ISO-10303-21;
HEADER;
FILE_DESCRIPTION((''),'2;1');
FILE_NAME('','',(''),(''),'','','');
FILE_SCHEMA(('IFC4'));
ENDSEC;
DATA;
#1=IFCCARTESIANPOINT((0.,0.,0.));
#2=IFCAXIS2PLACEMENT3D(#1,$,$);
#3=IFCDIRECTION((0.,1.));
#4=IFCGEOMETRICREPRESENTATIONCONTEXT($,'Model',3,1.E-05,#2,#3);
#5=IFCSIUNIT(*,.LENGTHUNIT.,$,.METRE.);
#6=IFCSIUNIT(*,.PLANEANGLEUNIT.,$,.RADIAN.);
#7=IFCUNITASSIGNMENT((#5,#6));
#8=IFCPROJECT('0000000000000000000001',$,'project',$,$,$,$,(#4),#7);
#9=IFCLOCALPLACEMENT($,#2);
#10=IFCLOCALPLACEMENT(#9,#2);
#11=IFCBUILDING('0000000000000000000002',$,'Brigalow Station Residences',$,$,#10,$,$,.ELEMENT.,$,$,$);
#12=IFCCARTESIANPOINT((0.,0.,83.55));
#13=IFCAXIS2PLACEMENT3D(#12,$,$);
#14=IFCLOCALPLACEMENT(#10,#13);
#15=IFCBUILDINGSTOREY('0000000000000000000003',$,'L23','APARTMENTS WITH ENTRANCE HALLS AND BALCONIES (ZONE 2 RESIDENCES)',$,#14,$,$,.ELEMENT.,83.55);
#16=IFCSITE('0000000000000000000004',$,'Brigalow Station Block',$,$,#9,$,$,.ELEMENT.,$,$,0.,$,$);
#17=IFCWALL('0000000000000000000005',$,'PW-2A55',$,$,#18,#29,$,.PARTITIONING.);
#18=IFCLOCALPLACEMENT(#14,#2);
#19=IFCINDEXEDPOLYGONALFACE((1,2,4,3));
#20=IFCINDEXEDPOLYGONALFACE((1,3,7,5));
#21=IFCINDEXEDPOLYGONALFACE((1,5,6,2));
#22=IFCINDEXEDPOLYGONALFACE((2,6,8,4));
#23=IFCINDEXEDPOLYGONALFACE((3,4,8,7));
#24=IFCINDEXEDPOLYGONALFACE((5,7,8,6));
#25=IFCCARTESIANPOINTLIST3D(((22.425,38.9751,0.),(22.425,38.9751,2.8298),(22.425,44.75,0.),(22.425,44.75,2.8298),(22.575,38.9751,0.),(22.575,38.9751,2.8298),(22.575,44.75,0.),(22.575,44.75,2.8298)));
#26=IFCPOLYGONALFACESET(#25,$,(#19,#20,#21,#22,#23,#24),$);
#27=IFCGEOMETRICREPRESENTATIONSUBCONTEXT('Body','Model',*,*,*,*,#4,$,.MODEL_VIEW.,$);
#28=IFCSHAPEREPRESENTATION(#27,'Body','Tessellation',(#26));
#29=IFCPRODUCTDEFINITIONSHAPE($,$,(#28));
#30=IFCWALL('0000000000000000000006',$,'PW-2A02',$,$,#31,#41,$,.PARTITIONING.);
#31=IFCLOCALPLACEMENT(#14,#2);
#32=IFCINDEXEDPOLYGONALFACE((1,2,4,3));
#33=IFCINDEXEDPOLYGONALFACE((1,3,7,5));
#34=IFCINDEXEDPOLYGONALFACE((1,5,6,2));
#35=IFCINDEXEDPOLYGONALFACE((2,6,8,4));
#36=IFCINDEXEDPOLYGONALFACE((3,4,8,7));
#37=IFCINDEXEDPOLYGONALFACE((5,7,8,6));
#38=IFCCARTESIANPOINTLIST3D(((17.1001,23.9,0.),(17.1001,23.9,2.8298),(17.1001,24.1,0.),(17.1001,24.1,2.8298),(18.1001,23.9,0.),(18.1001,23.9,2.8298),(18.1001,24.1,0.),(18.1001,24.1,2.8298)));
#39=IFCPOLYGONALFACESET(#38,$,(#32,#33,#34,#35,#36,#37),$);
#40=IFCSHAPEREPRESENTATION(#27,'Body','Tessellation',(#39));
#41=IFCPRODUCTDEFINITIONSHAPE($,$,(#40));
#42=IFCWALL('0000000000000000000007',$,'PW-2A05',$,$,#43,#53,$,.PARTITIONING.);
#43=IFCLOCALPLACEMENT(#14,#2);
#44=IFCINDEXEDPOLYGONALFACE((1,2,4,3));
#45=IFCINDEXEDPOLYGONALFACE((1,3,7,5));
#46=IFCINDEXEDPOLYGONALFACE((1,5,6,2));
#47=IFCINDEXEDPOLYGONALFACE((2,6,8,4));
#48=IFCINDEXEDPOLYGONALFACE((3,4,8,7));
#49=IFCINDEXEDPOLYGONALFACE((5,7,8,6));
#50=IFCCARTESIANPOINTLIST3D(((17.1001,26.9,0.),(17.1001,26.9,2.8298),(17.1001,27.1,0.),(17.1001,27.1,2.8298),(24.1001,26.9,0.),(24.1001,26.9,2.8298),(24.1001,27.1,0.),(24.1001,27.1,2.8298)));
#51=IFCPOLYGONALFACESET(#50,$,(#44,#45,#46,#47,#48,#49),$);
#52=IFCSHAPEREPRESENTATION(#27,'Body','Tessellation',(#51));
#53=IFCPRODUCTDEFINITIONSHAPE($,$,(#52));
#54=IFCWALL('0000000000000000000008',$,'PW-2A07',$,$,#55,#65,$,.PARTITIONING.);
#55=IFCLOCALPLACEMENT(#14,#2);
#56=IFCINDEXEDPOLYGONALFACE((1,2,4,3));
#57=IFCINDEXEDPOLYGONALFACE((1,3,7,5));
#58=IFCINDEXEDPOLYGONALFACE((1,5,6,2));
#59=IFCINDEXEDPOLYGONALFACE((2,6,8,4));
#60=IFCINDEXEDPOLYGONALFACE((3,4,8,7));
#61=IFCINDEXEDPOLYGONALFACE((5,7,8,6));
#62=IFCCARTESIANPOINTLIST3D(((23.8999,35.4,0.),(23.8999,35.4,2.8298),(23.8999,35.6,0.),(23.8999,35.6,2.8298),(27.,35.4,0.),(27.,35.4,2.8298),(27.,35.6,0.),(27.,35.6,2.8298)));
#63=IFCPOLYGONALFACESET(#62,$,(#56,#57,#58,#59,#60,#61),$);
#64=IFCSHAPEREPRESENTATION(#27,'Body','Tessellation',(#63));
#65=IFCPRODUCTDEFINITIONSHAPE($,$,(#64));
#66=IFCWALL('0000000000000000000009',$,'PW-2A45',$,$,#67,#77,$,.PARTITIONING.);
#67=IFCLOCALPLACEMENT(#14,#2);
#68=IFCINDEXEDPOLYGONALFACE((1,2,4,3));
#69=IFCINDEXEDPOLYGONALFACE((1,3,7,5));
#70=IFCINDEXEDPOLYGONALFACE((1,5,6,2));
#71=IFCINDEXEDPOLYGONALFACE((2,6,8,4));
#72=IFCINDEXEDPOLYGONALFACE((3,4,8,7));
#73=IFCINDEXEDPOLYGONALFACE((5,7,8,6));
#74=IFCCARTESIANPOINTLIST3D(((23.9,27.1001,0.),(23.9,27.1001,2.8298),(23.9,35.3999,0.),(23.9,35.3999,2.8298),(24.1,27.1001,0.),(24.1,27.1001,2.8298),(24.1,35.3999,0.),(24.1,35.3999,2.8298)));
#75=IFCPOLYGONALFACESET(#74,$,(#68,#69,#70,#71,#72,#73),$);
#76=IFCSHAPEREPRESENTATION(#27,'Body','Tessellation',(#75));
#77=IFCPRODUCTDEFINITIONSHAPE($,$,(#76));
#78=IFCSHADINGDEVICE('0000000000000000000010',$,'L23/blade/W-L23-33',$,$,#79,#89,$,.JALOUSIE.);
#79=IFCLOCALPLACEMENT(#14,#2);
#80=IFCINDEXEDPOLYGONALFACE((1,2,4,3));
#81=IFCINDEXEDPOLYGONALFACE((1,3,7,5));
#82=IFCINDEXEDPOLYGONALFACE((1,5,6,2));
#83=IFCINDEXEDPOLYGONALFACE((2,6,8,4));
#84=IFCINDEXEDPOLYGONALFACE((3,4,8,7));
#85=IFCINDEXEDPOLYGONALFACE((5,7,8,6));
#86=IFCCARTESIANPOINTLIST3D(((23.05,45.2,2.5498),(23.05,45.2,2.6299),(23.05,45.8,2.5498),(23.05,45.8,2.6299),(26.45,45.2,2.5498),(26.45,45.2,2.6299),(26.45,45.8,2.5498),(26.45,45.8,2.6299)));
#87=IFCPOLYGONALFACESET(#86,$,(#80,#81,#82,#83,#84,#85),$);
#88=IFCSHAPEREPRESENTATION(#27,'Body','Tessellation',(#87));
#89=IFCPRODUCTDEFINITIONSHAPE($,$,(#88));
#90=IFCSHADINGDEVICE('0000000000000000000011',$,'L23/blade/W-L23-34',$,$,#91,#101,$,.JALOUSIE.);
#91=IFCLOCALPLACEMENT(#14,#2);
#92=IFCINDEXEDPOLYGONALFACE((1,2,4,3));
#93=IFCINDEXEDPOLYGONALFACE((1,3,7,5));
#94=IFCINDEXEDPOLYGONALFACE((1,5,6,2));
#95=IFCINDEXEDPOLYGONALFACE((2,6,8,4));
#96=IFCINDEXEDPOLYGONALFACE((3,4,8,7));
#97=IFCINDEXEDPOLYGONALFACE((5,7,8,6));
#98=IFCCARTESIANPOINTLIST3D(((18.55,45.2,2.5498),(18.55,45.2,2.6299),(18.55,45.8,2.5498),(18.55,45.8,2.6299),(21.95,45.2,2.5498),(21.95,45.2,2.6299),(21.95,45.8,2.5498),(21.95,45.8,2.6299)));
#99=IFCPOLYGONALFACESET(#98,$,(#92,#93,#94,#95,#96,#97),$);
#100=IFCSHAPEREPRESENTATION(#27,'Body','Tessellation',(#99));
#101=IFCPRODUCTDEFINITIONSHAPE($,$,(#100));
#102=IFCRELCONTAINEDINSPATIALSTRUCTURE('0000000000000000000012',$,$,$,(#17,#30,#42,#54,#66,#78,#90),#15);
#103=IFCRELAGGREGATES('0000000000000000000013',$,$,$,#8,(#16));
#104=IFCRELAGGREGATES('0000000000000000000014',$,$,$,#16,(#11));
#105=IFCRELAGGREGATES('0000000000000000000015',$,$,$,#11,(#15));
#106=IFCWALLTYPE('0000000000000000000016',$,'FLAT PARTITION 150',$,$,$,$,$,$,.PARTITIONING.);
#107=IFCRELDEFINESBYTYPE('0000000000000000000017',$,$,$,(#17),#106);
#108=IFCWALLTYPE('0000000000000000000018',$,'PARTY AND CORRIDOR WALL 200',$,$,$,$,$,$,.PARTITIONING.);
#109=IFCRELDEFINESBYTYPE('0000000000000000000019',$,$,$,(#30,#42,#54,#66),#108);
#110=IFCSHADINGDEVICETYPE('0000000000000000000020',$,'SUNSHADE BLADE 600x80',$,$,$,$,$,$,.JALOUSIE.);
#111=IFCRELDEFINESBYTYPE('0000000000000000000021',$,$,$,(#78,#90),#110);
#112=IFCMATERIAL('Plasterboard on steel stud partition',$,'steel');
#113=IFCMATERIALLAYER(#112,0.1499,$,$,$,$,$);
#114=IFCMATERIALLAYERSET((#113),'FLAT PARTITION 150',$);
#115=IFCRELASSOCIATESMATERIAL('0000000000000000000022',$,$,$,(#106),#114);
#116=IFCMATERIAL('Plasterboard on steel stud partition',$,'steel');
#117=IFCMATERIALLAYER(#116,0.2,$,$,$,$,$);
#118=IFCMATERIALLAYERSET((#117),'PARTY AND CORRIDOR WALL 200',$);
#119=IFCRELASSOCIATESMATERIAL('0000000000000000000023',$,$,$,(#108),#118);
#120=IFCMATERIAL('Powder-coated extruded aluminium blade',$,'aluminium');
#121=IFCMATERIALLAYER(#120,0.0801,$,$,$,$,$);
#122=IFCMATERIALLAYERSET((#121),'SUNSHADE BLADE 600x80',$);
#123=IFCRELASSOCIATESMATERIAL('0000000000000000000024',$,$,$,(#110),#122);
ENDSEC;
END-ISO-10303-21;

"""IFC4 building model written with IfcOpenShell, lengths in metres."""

from ifc_helpers import new_model, si_unit, direction, frame, frame_2d, origin, origin_2d, place, context, subcontext, project, spatial, rectangle, extrude, material, layer, layer_set, type_object, element, save


model = new_model("IFC4")

# Units and contexts
model_context = context("Model", 3, precision=1e-05, world=origin(), true_north=direction((0.0, 1.0)))
body_context = subcontext(model_context, "Body", "Model", "MODEL_VIEW")
ifc_project = project(units=[si_unit("LENGTHUNIT", "METRE"), si_unit("PLANEANGLEUNIT", "RADIAN")], contexts=[model_context])

# Site, building, storey
site_placement = place(None, origin())
site = spatial("IfcSite", under=ifc_project, at=site_placement, Name="Brigalow Station Block", CompositionType="ELEMENT", RefElevation=0.0)
building_placement = place(site_placement, origin())
building = spatial("IfcBuilding", under=site, at=building_placement, Name="Brigalow Station Residences", CompositionType="ELEMENT")
storey_placement = place(building_placement, frame((0.0, 0.0, 83.55)))
storey = spatial("IfcBuildingStorey", under=building, at=storey_placement, Name="L23", Description="APARTMENTS WITH ENTRANCE HALLS AND BALCONIES (ZONE 2 RESIDENCES)", CompositionType="ELEMENT", Elevation=83.55)

# Shared definitions
ifc_material_1 = material(Name="Plasterboard on steel stud partition", Category="steel")
ifc_layer_1 = layer(ifc_material_1, 0.1499)
ifc_layer_set_1 = layer_set([ifc_layer_1], Name="FLAT PARTITION 150")
wall_type_1 = type_object("IfcWallType", Name="FLAT PARTITION 150", PredefinedType="PARTITIONING", material=ifc_layer_set_1)

# Walls
wall_1_placement = place(storey_placement, frame((22.5, 38.9751, 0.0), z_axis=(0.0, 0.0, 1.0), x_axis=(0.0, 1.0, 0.0)))
element("IfcWall", 1, at=wall_1_placement, inside=storey, type_object=wall_type_1, Name="PW-2A55", PredefinedType="PARTITIONING", context=body_context, shape_type="SweptSolid", body=[
    extrude(rectangle(XDim=5.7749, YDim=0.1499, at=frame_2d((2.8875, 0.0))), origin(), (0.0, 0.0, 1.0), 2.8298),
])
ifc_material_2 = material(Name="Plasterboard on steel stud partition", Category="steel")
ifc_layer_2 = layer(ifc_material_2, 0.2)
ifc_layer_set_2 = layer_set([ifc_layer_2], Name="PARTY AND CORRIDOR WALL 200")
wall_type_2 = type_object("IfcWallType", Name="PARTY AND CORRIDOR WALL 200", PredefinedType="PARTITIONING", material=ifc_layer_set_2)
wall_2_placement = place(storey_placement, frame((17.1001, 24.0, 0.0), z_axis=(0.0, 0.0, 1.0), x_axis=(1.0, 0.0, 0.0)))
element("IfcWall", 2, at=wall_2_placement, inside=storey, type_object=wall_type_2, Name="PW-2A02", PredefinedType="PARTITIONING", context=body_context, shape_type="SweptSolid", body=[
    extrude(rectangle(XDim=1.0, YDim=0.2, at=frame_2d((0.5, 0.0))), origin(), (0.0, 0.0, 1.0), 2.8298),
])
wall_3_placement = place(storey_placement, frame((17.1001, 27.0, 0.0), z_axis=(0.0, 0.0, 1.0), x_axis=(1.0, 0.0, 0.0)))
element("IfcWall", 3, at=wall_3_placement, inside=storey, type_object=wall_type_2, Name="PW-2A05", PredefinedType="PARTITIONING", context=body_context, shape_type="SweptSolid", body=[
    extrude(rectangle(XDim=7.0, YDim=0.2, at=frame_2d((3.5, 0.0))), origin(), (0.0, 0.0, 1.0), 2.8298),
])
wall_4_placement = place(storey_placement, frame((23.8999, 35.5, 0.0), z_axis=(0.0, 0.0, 1.0), x_axis=(1.0, 0.0, 0.0)))
element("IfcWall", 4, at=wall_4_placement, inside=storey, type_object=wall_type_2, Name="PW-2A07", PredefinedType="PARTITIONING", context=body_context, shape_type="SweptSolid", body=[
    extrude(rectangle(XDim=3.1001, YDim=0.2, at=frame_2d((1.55, 0.0))), origin(), (0.0, 0.0, 1.0), 2.8298),
])
wall_5_placement = place(storey_placement, frame((24.0, 27.1001, 0.0), z_axis=(0.0, 0.0, 1.0), x_axis=(0.0, 1.0, 0.0)))
element("IfcWall", 5, at=wall_5_placement, inside=storey, type_object=wall_type_2, Name="PW-2A45", PredefinedType="PARTITIONING", context=body_context, shape_type="SweptSolid", body=[
    extrude(rectangle(XDim=8.2998, YDim=0.2, at=frame_2d((4.1499, 0.0))), origin(), (0.0, 0.0, 1.0), 2.8298),
])

# Shading devices
ifc_material_3 = material(Name="Powder-coated extruded aluminium blade", Category="aluminium")
ifc_layer_3 = layer(ifc_material_3, 0.0801)
ifc_layer_set_3 = layer_set([ifc_layer_3], Name="SUNSHADE BLADE 600x80")
shading_device_type = type_object("IfcShadingDeviceType", Name="SUNSHADE BLADE 600x80", PredefinedType="JALOUSIE", material=ifc_layer_set_3)
for number, where, z_axis, x_axis, name in (
    (6, (24.75, 45.5, 2.5498), (0.0, 0.0, 1.0), (-1.0, 0.0, 0.0), "L23/blade/W-L23-33"),
    (7, (20.25, 45.5, 2.5498), (0.0, 0.0, 1.0), (-1.0, 0.0, 0.0), "L23/blade/W-L23-34"),
):
    element("IfcShadingDevice", number, at=place(storey_placement, frame(where, z_axis=z_axis, x_axis=x_axis)), inside=storey, type_object=shading_device_type, Name=name, PredefinedType="JALOUSIE", context=body_context, shape_type="SweptSolid", body=[
        extrude(rectangle(XDim=3.3999, YDim=0.6001, at=origin_2d()), origin(), (0.0, 0.0, 1.0), 0.0801),
    ])

save(model, "model.ifc")
